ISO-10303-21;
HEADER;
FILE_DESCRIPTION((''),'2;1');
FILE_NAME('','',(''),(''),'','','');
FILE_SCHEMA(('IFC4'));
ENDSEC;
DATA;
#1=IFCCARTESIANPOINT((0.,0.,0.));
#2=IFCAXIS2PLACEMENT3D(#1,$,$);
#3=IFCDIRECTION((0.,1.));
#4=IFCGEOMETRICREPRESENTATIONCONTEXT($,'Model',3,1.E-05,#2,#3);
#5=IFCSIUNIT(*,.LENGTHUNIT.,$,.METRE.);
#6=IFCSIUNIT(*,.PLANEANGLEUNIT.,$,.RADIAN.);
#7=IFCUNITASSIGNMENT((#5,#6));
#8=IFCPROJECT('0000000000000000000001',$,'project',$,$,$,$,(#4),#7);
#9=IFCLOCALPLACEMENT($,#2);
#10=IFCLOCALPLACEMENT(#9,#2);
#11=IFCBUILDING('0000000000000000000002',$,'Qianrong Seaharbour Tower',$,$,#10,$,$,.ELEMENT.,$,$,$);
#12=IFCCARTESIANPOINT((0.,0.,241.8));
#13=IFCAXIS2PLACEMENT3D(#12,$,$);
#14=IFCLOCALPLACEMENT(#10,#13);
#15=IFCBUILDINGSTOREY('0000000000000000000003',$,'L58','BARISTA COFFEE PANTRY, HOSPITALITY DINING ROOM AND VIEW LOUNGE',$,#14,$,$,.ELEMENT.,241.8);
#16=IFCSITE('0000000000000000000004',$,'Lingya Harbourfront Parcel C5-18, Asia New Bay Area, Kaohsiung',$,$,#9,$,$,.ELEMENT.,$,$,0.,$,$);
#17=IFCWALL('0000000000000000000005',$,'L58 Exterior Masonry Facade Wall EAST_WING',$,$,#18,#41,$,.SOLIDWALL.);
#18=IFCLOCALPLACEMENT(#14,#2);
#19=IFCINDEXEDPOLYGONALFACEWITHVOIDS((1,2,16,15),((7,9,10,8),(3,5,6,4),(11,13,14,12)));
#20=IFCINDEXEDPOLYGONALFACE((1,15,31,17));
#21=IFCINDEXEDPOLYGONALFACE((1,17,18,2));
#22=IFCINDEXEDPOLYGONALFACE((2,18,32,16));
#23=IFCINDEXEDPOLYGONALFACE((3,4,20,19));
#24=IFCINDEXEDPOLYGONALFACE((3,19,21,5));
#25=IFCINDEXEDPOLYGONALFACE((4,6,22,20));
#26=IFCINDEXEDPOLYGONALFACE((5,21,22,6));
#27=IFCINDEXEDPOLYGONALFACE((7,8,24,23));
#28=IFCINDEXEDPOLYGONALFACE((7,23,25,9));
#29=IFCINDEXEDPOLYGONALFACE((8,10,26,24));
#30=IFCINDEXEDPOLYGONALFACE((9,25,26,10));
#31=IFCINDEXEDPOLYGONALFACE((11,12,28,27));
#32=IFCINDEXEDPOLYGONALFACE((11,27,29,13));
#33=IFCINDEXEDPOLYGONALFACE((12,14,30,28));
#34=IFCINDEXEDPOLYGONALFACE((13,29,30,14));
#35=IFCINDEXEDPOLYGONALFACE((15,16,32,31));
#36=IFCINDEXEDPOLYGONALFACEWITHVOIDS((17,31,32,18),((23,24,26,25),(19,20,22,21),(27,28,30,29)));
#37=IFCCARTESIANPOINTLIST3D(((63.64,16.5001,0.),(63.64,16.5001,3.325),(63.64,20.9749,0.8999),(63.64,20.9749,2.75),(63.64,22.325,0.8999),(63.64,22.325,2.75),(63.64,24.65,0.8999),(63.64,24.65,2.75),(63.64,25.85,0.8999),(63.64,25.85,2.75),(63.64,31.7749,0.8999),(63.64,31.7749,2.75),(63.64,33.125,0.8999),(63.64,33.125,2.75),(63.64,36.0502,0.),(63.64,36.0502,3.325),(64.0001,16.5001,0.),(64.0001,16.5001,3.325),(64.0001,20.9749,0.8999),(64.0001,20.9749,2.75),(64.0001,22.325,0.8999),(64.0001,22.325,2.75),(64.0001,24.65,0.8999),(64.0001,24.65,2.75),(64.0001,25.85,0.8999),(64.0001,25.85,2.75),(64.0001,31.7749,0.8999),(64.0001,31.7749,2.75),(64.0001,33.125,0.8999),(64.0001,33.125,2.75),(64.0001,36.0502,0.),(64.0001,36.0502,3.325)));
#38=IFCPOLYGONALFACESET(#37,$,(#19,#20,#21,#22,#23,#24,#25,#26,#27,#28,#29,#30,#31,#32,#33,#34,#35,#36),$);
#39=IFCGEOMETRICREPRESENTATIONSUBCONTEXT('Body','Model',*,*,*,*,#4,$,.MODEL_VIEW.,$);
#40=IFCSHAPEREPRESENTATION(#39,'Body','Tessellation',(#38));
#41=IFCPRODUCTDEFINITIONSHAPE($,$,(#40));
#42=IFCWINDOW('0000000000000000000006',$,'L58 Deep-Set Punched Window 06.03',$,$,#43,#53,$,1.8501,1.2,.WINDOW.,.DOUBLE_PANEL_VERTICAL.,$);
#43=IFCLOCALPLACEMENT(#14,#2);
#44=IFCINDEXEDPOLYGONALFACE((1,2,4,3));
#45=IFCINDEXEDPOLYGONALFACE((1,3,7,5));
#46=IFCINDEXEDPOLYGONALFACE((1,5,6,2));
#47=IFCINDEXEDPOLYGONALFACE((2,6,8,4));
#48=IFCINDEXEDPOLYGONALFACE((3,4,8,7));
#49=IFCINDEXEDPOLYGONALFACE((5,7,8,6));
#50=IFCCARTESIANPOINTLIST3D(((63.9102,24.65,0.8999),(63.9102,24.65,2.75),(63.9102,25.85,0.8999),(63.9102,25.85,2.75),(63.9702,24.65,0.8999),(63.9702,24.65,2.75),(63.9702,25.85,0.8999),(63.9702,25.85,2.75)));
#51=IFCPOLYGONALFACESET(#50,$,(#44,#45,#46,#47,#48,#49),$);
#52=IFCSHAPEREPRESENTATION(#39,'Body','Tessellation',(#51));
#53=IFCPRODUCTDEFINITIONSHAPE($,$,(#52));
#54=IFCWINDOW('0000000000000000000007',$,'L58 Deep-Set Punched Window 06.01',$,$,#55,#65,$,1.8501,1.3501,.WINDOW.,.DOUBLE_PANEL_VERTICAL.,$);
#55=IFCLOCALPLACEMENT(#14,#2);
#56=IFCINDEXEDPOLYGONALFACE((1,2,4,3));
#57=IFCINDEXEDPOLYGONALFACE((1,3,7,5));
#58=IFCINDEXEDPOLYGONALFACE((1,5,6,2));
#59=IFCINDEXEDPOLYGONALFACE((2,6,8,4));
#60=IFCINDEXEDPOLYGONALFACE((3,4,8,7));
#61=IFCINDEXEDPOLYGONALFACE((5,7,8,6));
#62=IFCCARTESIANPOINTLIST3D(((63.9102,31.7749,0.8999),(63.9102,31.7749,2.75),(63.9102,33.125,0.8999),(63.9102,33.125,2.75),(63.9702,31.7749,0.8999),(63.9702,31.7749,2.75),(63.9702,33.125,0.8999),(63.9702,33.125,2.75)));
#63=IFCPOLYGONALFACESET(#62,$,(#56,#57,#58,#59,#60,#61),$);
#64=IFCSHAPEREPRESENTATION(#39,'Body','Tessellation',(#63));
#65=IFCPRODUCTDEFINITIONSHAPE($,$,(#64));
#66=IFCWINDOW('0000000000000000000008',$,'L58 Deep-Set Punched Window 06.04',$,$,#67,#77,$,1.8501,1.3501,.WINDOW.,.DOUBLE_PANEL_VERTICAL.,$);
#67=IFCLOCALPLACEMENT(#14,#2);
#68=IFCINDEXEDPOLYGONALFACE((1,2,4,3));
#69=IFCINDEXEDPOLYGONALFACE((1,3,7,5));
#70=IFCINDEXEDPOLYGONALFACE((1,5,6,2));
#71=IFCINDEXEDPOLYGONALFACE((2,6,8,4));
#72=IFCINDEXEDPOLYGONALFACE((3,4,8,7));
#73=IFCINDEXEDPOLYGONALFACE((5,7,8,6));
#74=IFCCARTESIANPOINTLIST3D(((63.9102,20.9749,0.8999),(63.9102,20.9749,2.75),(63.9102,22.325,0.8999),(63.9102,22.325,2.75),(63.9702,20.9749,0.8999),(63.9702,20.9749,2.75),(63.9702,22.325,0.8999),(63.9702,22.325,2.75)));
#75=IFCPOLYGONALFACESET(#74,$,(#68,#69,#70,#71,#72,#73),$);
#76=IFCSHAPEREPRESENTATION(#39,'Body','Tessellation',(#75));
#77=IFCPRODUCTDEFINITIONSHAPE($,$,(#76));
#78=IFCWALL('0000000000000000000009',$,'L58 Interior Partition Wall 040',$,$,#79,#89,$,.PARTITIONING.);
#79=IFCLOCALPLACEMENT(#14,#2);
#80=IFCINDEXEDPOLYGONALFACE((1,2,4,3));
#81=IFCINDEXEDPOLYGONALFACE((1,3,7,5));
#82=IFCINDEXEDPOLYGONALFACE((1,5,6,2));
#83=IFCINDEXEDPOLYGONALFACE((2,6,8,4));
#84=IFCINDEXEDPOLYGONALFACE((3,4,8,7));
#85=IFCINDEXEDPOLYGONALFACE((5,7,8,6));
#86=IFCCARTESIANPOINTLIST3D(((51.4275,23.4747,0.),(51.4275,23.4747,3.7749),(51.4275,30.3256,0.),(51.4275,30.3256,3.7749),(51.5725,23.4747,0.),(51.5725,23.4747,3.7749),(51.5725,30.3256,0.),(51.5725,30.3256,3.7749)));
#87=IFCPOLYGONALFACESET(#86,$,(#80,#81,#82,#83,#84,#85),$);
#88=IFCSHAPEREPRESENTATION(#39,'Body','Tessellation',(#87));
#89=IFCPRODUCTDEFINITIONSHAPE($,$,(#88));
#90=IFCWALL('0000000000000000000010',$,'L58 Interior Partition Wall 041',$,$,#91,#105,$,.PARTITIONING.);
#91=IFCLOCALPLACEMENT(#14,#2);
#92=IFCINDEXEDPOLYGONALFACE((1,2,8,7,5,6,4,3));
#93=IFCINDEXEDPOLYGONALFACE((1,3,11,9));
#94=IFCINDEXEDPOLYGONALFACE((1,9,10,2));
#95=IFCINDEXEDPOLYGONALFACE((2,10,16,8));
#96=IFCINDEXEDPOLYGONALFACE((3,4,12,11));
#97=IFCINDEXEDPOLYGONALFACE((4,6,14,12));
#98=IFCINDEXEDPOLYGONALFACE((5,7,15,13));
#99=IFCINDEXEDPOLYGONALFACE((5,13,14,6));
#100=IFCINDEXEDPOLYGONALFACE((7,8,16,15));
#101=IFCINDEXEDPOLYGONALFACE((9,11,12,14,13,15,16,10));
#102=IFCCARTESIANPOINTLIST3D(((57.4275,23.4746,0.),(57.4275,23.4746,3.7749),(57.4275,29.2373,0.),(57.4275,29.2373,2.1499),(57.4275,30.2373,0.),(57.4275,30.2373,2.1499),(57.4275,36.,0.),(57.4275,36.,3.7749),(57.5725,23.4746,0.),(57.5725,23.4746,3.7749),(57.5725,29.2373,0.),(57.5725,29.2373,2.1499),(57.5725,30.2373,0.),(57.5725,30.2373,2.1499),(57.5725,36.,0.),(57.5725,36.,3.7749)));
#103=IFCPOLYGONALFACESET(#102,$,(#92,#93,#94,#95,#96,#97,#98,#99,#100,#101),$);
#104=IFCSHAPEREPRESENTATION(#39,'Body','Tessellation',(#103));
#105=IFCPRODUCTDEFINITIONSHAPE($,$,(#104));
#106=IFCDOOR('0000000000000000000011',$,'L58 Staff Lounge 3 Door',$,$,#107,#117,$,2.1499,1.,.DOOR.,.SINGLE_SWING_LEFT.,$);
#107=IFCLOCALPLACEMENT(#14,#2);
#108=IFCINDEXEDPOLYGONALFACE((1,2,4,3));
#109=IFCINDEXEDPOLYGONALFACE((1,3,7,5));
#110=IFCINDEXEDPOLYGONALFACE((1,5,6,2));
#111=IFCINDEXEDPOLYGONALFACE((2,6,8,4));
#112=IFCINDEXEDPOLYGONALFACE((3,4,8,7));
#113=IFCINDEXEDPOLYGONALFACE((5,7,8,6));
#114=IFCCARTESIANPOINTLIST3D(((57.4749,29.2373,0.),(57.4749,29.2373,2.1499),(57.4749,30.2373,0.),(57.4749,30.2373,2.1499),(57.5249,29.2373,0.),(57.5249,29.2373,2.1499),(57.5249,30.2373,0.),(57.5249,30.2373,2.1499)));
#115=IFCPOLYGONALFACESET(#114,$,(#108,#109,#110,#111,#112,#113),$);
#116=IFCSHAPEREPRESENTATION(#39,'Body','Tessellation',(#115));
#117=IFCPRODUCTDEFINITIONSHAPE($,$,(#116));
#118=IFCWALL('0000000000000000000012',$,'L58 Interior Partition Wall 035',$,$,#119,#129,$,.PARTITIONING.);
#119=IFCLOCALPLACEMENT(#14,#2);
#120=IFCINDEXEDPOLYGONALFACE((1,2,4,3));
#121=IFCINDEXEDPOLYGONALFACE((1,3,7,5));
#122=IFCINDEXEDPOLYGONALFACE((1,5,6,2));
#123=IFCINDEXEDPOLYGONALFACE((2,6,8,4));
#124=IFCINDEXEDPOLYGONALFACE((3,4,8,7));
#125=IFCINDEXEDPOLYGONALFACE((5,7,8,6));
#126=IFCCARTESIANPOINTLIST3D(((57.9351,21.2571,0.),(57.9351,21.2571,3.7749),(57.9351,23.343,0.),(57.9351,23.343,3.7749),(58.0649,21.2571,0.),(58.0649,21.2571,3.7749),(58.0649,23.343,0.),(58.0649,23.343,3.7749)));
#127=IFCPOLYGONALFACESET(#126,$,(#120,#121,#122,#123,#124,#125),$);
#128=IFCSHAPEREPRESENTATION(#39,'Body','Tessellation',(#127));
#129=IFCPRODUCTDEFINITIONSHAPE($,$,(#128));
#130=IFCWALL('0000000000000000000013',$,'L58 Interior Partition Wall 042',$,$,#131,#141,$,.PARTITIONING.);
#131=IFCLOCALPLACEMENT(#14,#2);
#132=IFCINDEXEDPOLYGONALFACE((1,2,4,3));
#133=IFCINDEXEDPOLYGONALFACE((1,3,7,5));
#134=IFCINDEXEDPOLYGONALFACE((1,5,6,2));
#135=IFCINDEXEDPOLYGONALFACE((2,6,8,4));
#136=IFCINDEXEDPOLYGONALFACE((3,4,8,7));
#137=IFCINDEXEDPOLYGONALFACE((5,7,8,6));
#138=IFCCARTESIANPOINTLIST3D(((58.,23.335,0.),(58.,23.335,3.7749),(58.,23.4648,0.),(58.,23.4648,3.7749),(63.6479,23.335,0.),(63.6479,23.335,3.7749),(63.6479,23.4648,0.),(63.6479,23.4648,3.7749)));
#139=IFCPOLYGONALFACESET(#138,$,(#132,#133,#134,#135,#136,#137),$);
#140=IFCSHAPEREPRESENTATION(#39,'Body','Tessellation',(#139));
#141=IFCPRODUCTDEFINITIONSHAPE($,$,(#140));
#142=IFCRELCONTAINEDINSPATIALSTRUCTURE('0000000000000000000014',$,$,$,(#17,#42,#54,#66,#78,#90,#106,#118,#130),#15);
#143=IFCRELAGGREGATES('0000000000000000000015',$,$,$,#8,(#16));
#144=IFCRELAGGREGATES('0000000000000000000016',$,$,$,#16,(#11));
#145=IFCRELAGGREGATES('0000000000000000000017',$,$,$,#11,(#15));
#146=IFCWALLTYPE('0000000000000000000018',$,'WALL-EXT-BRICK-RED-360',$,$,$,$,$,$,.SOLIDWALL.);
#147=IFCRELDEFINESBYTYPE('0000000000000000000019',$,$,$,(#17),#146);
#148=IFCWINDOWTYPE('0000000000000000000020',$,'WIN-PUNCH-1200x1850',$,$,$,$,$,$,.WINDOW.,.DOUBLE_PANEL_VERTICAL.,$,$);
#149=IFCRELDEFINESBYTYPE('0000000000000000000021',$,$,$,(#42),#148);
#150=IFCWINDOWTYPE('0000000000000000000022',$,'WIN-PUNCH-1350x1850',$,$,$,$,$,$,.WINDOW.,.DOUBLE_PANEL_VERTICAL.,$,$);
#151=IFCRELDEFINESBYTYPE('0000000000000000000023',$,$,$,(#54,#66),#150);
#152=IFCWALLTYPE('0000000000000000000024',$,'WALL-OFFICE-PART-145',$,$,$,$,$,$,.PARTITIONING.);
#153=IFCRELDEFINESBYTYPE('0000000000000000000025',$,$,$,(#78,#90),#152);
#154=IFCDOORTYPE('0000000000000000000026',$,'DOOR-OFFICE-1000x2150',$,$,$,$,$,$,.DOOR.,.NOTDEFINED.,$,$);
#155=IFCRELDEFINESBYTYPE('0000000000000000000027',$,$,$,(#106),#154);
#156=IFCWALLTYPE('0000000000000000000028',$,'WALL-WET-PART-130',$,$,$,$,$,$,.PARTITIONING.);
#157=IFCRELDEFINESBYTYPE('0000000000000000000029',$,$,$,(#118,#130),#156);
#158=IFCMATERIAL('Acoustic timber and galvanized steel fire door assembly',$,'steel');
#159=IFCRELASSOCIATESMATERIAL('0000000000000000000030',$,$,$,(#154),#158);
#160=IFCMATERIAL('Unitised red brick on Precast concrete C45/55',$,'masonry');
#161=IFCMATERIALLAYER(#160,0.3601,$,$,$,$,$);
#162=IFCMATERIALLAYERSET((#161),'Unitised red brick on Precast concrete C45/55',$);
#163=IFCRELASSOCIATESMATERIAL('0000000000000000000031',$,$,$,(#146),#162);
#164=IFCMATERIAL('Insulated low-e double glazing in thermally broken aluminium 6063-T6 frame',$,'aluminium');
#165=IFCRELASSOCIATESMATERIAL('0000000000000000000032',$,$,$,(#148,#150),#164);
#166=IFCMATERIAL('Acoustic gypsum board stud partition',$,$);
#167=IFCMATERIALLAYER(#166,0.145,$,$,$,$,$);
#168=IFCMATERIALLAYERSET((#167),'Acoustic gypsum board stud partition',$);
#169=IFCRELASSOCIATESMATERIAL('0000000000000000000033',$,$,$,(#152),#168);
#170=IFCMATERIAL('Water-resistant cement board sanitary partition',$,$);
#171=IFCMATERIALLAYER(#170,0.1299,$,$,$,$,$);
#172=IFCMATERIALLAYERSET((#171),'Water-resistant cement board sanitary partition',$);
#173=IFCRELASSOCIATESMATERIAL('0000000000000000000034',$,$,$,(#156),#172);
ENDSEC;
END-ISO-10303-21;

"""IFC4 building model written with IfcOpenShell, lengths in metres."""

from ifc_helpers import new_model, si_unit, direction, frame, frame_2d, origin, place, context, subcontext, project, spatial, rectangle, extrude, material, layer, layer_set, type_object, element, fill, save


model = new_model("IFC4")

# Units and contexts
model_context = context("Model", 3, precision=1e-05, world=origin(), true_north=direction((0.0, 1.0)))
body_context = subcontext(model_context, "Body", "Model", "MODEL_VIEW")
ifc_project = project(units=[si_unit("LENGTHUNIT", "METRE"), si_unit("PLANEANGLEUNIT", "RADIAN")], contexts=[model_context])

# Site, building, storey
site_placement = place(None, origin())
site = spatial("IfcSite", under=ifc_project, at=site_placement, Name="Lingya Harbourfront Parcel C5-18, Asia New Bay Area, Kaohsiung", CompositionType="ELEMENT", RefElevation=0.0)
building_placement = place(site_placement, origin())
building = spatial("IfcBuilding", under=site, at=building_placement, Name="Qianrong Seaharbour Tower", CompositionType="ELEMENT")
storey_placement = place(building_placement, frame((0.0, 0.0, 241.8)))
storey = spatial("IfcBuildingStorey", under=building, at=storey_placement, Name="L58", Description="BARISTA COFFEE PANTRY, HOSPITALITY DINING ROOM AND VIEW LOUNGE", CompositionType="ELEMENT", Elevation=241.8)

# Shared definitions
ifc_material_1 = material(Name="Acoustic timber and galvanized steel fire door assembly", Category="steel")
door_type = type_object("IfcDoorType", Name="DOOR-OFFICE-1000x2150", OperationType="NOTDEFINED", PredefinedType="DOOR", material=ifc_material_1)

# Wall, openings, windows
ifc_material_2 = material(Name="Unitised red brick on Precast concrete C45/55", Category="masonry")
ifc_layer_1 = layer(ifc_material_2, 0.3601)
ifc_layer_set_1 = layer_set([ifc_layer_1], Name="Unitised red brick on Precast concrete C45/55")
wall_type_1 = type_object("IfcWallType", Name="WALL-EXT-BRICK-RED-360", PredefinedType="SOLIDWALL", material=ifc_layer_set_1)
wall_1_placement = place(storey_placement, frame((63.8201, 36.05, 0.0), z_axis=(0.0, 0.0, 1.0), x_axis=(0.0, -1.0, 0.0)))
wall_1 = element("IfcWall", 1, at=wall_1_placement, inside=storey, type_object=wall_type_1, Name="L58 Exterior Masonry Facade Wall EAST_WING", PredefinedType="SOLIDWALL", context=body_context, shape_type="SweptSolid", body=[
    extrude(rectangle(XDim=19.55, YDim=0.3601, at=frame_2d((9.7749, 0.0))), origin(), (0.0, 0.0, 1.0), 3.325),
])
opening_1_placement = place(wall_1_placement, frame((2.925, 0.0, 0.8999)))
opening_1 = element("IfcOpeningElement", 2, at=opening_1_placement, cuts=wall_1, PredefinedType="OPENING", context=body_context, shape_type="SweptSolid", body=[
    extrude(rectangle(XDim=1.3501, YDim=1.8501, at=frame_2d((0.675, 0.925))), frame((0.0, 0.1899, 0.0), z_axis=(0.0, -1.0, 0.0), x_axis=(1.0, 0.0, 0.0)), (0.0, 0.0, 1.0), 0.3801),
])
opening_2_placement = place(wall_1_placement, frame((10.2, 0.0, 0.8999)))
opening_2 = element("IfcOpeningElement", 3, at=opening_2_placement, cuts=wall_1, PredefinedType="OPENING", context=body_context, shape_type="SweptSolid", body=[
    extrude(rectangle(XDim=1.2, YDim=1.8501, at=frame_2d((0.6001, 0.925))), frame((0.0, 0.1899, 0.0), z_axis=(0.0, -1.0, 0.0), x_axis=(1.0, 0.0, 0.0)), (0.0, 0.0, 1.0), 0.3801),
])
opening_3_placement = place(wall_1_placement, frame((13.7251, 0.0, 0.8999)))
opening_3 = element("IfcOpeningElement", 4, at=opening_3_placement, cuts=wall_1, PredefinedType="OPENING", context=body_context, shape_type="SweptSolid", body=[
    extrude(rectangle(XDim=1.3501, YDim=1.8501, at=frame_2d((0.675, 0.925))), frame((0.0, 0.1899, 0.0), z_axis=(0.0, -1.0, 0.0), x_axis=(1.0, 0.0, 0.0)), (0.0, 0.0, 1.0), 0.3801),
])
ifc_material_3 = material(Name="Insulated low-e double glazing in thermally broken aluminium 6063-T6 frame", Category="aluminium")
window_type_1 = type_object("IfcWindowType", Name="WIN-PUNCH-1200x1850", PartitioningType="DOUBLE_PANEL_VERTICAL", PredefinedType="WINDOW", material=ifc_material_3)
window_1_placement = place(opening_2_placement, origin())
window_1 = element("IfcWindow", 5, at=window_1_placement, inside=storey, type_object=window_type_1, Name="L58 Deep-Set Punched Window 06.03", OverallHeight=1.8501, OverallWidth=1.2, PartitioningType="DOUBLE_PANEL_VERTICAL", PredefinedType="WINDOW", context=body_context, shape_type="SweptSolid", body=[
    extrude(rectangle(XDim=1.2, YDim=1.8501, at=frame_2d((0.6001, 0.925))), frame((0.0, 0.1501, 0.0), z_axis=(0.0, -1.0, 0.0), x_axis=(1.0, 0.0, 0.0)), (0.0, 0.0, 1.0), 0.0601),
])
fill(opening_2, window_1)
window_type_2 = type_object("IfcWindowType", Name="WIN-PUNCH-1350x1850", PartitioningType="DOUBLE_PANEL_VERTICAL", PredefinedType="WINDOW", material=ifc_material_3)
window_2_placement = place(opening_1_placement, origin())
window_2 = element("IfcWindow", 6, at=window_2_placement, inside=storey, type_object=window_type_2, Name="L58 Deep-Set Punched Window 06.01", OverallHeight=1.8501, OverallWidth=1.3501, PartitioningType="DOUBLE_PANEL_VERTICAL", PredefinedType="WINDOW", context=body_context, shape_type="SweptSolid", body=[
    extrude(rectangle(XDim=1.3501, YDim=1.8501, at=frame_2d((0.675, 0.925))), frame((0.0, 0.1501, 0.0), z_axis=(0.0, -1.0, 0.0), x_axis=(1.0, 0.0, 0.0)), (0.0, 0.0, 1.0), 0.0601),
])
fill(opening_1, window_2)
window_3_placement = place(opening_3_placement, origin())
window_3 = element("IfcWindow", 7, at=window_3_placement, inside=storey, type_object=window_type_2, Name="L58 Deep-Set Punched Window 06.04", OverallHeight=1.8501, OverallWidth=1.3501, PartitioningType="DOUBLE_PANEL_VERTICAL", PredefinedType="WINDOW", context=body_context, shape_type="SweptSolid", body=[
    extrude(rectangle(XDim=1.3501, YDim=1.8501, at=frame_2d((0.675, 0.925))), frame((0.0, 0.1501, 0.0), z_axis=(0.0, -1.0, 0.0), x_axis=(1.0, 0.0, 0.0)), (0.0, 0.0, 1.0), 0.0601),
])
fill(opening_3, window_3)

# Wall
ifc_material_4 = material(Name="Acoustic gypsum board stud partition")
ifc_layer_2 = layer(ifc_material_4, 0.145)
ifc_layer_set_2 = layer_set([ifc_layer_2], Name="Acoustic gypsum board stud partition")
wall_type_2 = type_object("IfcWallType", Name="WALL-OFFICE-PART-145", PredefinedType="PARTITIONING", material=ifc_layer_set_2)
wall_2_placement = place(storey_placement, frame((51.5, 30.3254, 0.0), z_axis=(0.0, 0.0, 1.0), x_axis=(0.0, -1.0, 0.0)))
element("IfcWall", 8, at=wall_2_placement, inside=storey, type_object=wall_type_2, Name="L58 Interior Partition Wall 040", PredefinedType="PARTITIONING", context=body_context, shape_type="SweptSolid", body=[
    extrude(rectangle(XDim=6.8508, YDim=0.145, at=frame_2d((3.4253, 0.0))), origin(), (0.0, 0.0, 1.0), 3.7749),
])

# Wall, opening, door
wall_3_placement = place(storey_placement, frame((57.5, 36.0, 0.0), z_axis=(0.0, 0.0, 1.0), x_axis=(0.0, -1.0, 0.0)))
wall_3 = element("IfcWall", 9, at=wall_3_placement, inside=storey, type_object=wall_type_2, Name="L58 Interior Partition Wall 041", PredefinedType="PARTITIONING", context=body_context, shape_type="SweptSolid", body=[
    extrude(rectangle(XDim=12.5254, YDim=0.145, at=frame_2d((6.2627, 0.0))), origin(), (0.0, 0.0, 1.0), 3.7749),
])
opening_4_placement = place(wall_3_placement, frame((5.7627, 0.0, 0.0)))
opening_4 = element("IfcOpeningElement", 10, at=opening_4_placement, cuts=wall_3, PredefinedType="OPENING", context=body_context, shape_type="SweptSolid", body=[
    extrude(rectangle(XDim=1.0, YDim=2.1499, at=frame_2d((0.5, 1.075))), frame((0.0, 0.0825, 0.0), z_axis=(0.0, -1.0, 0.0), x_axis=(1.0, 0.0, 0.0)), (0.0, 0.0, 1.0), 0.165),
])
door_1_placement = place(opening_4_placement, origin())
door_1 = element("IfcDoor", 11, at=door_1_placement, inside=storey, type_object=door_type, Name="L58 Staff Lounge 3 Door", OperationType="SINGLE_SWING_LEFT", OverallHeight=2.1499, OverallWidth=1.0, PredefinedType="DOOR", context=body_context, shape_type="SweptSolid", body=[
    extrude(rectangle(XDim=1.0, YDim=2.1499, at=frame_2d((0.5, 1.075))), frame((0.0, 0.0249, 0.0), z_axis=(0.0, -1.0, 0.0), x_axis=(1.0, 0.0, 0.0)), (0.0, 0.0, 1.0), 0.05),
])
fill(opening_4, door_1)

# Walls
ifc_material_5 = material(Name="Water-resistant cement board sanitary partition")
ifc_layer_3 = layer(ifc_material_5, 0.1299)
ifc_layer_set_3 = layer_set([ifc_layer_3], Name="Water-resistant cement board sanitary partition")
wall_type_3 = type_object("IfcWallType", Name="WALL-WET-PART-130", PredefinedType="PARTITIONING", material=ifc_layer_set_3)
wall_4_placement = place(storey_placement, frame((58.0, 23.343, 0.0), z_axis=(0.0, 0.0, 1.0), x_axis=(0.0, -1.0, 0.0)))
element("IfcWall", 12, at=wall_4_placement, inside=storey, type_object=wall_type_3, Name="L58 Interior Partition Wall 035", PredefinedType="PARTITIONING", context=body_context, shape_type="SweptSolid", body=[
    extrude(rectangle(XDim=2.0859, YDim=0.1299, at=frame_2d((1.043, 0.0))), origin(), (0.0, 0.0, 1.0), 3.7749),
])
wall_5_placement = place(storey_placement, frame((63.6479, 23.3999, 0.0), z_axis=(0.0, 0.0, 1.0), x_axis=(-1.0, 0.0, 0.0)))
element("IfcWall", 13, at=wall_5_placement, inside=storey, type_object=wall_type_3, Name="L58 Interior Partition Wall 042", PredefinedType="PARTITIONING", context=body_context, shape_type="SweptSolid", body=[
    extrude(rectangle(XDim=5.6479, YDim=0.1299, at=frame_2d((2.824, 0.0))), origin(), (0.0, 0.0, 1.0), 3.7749),
])

save(model, "model.ifc")
